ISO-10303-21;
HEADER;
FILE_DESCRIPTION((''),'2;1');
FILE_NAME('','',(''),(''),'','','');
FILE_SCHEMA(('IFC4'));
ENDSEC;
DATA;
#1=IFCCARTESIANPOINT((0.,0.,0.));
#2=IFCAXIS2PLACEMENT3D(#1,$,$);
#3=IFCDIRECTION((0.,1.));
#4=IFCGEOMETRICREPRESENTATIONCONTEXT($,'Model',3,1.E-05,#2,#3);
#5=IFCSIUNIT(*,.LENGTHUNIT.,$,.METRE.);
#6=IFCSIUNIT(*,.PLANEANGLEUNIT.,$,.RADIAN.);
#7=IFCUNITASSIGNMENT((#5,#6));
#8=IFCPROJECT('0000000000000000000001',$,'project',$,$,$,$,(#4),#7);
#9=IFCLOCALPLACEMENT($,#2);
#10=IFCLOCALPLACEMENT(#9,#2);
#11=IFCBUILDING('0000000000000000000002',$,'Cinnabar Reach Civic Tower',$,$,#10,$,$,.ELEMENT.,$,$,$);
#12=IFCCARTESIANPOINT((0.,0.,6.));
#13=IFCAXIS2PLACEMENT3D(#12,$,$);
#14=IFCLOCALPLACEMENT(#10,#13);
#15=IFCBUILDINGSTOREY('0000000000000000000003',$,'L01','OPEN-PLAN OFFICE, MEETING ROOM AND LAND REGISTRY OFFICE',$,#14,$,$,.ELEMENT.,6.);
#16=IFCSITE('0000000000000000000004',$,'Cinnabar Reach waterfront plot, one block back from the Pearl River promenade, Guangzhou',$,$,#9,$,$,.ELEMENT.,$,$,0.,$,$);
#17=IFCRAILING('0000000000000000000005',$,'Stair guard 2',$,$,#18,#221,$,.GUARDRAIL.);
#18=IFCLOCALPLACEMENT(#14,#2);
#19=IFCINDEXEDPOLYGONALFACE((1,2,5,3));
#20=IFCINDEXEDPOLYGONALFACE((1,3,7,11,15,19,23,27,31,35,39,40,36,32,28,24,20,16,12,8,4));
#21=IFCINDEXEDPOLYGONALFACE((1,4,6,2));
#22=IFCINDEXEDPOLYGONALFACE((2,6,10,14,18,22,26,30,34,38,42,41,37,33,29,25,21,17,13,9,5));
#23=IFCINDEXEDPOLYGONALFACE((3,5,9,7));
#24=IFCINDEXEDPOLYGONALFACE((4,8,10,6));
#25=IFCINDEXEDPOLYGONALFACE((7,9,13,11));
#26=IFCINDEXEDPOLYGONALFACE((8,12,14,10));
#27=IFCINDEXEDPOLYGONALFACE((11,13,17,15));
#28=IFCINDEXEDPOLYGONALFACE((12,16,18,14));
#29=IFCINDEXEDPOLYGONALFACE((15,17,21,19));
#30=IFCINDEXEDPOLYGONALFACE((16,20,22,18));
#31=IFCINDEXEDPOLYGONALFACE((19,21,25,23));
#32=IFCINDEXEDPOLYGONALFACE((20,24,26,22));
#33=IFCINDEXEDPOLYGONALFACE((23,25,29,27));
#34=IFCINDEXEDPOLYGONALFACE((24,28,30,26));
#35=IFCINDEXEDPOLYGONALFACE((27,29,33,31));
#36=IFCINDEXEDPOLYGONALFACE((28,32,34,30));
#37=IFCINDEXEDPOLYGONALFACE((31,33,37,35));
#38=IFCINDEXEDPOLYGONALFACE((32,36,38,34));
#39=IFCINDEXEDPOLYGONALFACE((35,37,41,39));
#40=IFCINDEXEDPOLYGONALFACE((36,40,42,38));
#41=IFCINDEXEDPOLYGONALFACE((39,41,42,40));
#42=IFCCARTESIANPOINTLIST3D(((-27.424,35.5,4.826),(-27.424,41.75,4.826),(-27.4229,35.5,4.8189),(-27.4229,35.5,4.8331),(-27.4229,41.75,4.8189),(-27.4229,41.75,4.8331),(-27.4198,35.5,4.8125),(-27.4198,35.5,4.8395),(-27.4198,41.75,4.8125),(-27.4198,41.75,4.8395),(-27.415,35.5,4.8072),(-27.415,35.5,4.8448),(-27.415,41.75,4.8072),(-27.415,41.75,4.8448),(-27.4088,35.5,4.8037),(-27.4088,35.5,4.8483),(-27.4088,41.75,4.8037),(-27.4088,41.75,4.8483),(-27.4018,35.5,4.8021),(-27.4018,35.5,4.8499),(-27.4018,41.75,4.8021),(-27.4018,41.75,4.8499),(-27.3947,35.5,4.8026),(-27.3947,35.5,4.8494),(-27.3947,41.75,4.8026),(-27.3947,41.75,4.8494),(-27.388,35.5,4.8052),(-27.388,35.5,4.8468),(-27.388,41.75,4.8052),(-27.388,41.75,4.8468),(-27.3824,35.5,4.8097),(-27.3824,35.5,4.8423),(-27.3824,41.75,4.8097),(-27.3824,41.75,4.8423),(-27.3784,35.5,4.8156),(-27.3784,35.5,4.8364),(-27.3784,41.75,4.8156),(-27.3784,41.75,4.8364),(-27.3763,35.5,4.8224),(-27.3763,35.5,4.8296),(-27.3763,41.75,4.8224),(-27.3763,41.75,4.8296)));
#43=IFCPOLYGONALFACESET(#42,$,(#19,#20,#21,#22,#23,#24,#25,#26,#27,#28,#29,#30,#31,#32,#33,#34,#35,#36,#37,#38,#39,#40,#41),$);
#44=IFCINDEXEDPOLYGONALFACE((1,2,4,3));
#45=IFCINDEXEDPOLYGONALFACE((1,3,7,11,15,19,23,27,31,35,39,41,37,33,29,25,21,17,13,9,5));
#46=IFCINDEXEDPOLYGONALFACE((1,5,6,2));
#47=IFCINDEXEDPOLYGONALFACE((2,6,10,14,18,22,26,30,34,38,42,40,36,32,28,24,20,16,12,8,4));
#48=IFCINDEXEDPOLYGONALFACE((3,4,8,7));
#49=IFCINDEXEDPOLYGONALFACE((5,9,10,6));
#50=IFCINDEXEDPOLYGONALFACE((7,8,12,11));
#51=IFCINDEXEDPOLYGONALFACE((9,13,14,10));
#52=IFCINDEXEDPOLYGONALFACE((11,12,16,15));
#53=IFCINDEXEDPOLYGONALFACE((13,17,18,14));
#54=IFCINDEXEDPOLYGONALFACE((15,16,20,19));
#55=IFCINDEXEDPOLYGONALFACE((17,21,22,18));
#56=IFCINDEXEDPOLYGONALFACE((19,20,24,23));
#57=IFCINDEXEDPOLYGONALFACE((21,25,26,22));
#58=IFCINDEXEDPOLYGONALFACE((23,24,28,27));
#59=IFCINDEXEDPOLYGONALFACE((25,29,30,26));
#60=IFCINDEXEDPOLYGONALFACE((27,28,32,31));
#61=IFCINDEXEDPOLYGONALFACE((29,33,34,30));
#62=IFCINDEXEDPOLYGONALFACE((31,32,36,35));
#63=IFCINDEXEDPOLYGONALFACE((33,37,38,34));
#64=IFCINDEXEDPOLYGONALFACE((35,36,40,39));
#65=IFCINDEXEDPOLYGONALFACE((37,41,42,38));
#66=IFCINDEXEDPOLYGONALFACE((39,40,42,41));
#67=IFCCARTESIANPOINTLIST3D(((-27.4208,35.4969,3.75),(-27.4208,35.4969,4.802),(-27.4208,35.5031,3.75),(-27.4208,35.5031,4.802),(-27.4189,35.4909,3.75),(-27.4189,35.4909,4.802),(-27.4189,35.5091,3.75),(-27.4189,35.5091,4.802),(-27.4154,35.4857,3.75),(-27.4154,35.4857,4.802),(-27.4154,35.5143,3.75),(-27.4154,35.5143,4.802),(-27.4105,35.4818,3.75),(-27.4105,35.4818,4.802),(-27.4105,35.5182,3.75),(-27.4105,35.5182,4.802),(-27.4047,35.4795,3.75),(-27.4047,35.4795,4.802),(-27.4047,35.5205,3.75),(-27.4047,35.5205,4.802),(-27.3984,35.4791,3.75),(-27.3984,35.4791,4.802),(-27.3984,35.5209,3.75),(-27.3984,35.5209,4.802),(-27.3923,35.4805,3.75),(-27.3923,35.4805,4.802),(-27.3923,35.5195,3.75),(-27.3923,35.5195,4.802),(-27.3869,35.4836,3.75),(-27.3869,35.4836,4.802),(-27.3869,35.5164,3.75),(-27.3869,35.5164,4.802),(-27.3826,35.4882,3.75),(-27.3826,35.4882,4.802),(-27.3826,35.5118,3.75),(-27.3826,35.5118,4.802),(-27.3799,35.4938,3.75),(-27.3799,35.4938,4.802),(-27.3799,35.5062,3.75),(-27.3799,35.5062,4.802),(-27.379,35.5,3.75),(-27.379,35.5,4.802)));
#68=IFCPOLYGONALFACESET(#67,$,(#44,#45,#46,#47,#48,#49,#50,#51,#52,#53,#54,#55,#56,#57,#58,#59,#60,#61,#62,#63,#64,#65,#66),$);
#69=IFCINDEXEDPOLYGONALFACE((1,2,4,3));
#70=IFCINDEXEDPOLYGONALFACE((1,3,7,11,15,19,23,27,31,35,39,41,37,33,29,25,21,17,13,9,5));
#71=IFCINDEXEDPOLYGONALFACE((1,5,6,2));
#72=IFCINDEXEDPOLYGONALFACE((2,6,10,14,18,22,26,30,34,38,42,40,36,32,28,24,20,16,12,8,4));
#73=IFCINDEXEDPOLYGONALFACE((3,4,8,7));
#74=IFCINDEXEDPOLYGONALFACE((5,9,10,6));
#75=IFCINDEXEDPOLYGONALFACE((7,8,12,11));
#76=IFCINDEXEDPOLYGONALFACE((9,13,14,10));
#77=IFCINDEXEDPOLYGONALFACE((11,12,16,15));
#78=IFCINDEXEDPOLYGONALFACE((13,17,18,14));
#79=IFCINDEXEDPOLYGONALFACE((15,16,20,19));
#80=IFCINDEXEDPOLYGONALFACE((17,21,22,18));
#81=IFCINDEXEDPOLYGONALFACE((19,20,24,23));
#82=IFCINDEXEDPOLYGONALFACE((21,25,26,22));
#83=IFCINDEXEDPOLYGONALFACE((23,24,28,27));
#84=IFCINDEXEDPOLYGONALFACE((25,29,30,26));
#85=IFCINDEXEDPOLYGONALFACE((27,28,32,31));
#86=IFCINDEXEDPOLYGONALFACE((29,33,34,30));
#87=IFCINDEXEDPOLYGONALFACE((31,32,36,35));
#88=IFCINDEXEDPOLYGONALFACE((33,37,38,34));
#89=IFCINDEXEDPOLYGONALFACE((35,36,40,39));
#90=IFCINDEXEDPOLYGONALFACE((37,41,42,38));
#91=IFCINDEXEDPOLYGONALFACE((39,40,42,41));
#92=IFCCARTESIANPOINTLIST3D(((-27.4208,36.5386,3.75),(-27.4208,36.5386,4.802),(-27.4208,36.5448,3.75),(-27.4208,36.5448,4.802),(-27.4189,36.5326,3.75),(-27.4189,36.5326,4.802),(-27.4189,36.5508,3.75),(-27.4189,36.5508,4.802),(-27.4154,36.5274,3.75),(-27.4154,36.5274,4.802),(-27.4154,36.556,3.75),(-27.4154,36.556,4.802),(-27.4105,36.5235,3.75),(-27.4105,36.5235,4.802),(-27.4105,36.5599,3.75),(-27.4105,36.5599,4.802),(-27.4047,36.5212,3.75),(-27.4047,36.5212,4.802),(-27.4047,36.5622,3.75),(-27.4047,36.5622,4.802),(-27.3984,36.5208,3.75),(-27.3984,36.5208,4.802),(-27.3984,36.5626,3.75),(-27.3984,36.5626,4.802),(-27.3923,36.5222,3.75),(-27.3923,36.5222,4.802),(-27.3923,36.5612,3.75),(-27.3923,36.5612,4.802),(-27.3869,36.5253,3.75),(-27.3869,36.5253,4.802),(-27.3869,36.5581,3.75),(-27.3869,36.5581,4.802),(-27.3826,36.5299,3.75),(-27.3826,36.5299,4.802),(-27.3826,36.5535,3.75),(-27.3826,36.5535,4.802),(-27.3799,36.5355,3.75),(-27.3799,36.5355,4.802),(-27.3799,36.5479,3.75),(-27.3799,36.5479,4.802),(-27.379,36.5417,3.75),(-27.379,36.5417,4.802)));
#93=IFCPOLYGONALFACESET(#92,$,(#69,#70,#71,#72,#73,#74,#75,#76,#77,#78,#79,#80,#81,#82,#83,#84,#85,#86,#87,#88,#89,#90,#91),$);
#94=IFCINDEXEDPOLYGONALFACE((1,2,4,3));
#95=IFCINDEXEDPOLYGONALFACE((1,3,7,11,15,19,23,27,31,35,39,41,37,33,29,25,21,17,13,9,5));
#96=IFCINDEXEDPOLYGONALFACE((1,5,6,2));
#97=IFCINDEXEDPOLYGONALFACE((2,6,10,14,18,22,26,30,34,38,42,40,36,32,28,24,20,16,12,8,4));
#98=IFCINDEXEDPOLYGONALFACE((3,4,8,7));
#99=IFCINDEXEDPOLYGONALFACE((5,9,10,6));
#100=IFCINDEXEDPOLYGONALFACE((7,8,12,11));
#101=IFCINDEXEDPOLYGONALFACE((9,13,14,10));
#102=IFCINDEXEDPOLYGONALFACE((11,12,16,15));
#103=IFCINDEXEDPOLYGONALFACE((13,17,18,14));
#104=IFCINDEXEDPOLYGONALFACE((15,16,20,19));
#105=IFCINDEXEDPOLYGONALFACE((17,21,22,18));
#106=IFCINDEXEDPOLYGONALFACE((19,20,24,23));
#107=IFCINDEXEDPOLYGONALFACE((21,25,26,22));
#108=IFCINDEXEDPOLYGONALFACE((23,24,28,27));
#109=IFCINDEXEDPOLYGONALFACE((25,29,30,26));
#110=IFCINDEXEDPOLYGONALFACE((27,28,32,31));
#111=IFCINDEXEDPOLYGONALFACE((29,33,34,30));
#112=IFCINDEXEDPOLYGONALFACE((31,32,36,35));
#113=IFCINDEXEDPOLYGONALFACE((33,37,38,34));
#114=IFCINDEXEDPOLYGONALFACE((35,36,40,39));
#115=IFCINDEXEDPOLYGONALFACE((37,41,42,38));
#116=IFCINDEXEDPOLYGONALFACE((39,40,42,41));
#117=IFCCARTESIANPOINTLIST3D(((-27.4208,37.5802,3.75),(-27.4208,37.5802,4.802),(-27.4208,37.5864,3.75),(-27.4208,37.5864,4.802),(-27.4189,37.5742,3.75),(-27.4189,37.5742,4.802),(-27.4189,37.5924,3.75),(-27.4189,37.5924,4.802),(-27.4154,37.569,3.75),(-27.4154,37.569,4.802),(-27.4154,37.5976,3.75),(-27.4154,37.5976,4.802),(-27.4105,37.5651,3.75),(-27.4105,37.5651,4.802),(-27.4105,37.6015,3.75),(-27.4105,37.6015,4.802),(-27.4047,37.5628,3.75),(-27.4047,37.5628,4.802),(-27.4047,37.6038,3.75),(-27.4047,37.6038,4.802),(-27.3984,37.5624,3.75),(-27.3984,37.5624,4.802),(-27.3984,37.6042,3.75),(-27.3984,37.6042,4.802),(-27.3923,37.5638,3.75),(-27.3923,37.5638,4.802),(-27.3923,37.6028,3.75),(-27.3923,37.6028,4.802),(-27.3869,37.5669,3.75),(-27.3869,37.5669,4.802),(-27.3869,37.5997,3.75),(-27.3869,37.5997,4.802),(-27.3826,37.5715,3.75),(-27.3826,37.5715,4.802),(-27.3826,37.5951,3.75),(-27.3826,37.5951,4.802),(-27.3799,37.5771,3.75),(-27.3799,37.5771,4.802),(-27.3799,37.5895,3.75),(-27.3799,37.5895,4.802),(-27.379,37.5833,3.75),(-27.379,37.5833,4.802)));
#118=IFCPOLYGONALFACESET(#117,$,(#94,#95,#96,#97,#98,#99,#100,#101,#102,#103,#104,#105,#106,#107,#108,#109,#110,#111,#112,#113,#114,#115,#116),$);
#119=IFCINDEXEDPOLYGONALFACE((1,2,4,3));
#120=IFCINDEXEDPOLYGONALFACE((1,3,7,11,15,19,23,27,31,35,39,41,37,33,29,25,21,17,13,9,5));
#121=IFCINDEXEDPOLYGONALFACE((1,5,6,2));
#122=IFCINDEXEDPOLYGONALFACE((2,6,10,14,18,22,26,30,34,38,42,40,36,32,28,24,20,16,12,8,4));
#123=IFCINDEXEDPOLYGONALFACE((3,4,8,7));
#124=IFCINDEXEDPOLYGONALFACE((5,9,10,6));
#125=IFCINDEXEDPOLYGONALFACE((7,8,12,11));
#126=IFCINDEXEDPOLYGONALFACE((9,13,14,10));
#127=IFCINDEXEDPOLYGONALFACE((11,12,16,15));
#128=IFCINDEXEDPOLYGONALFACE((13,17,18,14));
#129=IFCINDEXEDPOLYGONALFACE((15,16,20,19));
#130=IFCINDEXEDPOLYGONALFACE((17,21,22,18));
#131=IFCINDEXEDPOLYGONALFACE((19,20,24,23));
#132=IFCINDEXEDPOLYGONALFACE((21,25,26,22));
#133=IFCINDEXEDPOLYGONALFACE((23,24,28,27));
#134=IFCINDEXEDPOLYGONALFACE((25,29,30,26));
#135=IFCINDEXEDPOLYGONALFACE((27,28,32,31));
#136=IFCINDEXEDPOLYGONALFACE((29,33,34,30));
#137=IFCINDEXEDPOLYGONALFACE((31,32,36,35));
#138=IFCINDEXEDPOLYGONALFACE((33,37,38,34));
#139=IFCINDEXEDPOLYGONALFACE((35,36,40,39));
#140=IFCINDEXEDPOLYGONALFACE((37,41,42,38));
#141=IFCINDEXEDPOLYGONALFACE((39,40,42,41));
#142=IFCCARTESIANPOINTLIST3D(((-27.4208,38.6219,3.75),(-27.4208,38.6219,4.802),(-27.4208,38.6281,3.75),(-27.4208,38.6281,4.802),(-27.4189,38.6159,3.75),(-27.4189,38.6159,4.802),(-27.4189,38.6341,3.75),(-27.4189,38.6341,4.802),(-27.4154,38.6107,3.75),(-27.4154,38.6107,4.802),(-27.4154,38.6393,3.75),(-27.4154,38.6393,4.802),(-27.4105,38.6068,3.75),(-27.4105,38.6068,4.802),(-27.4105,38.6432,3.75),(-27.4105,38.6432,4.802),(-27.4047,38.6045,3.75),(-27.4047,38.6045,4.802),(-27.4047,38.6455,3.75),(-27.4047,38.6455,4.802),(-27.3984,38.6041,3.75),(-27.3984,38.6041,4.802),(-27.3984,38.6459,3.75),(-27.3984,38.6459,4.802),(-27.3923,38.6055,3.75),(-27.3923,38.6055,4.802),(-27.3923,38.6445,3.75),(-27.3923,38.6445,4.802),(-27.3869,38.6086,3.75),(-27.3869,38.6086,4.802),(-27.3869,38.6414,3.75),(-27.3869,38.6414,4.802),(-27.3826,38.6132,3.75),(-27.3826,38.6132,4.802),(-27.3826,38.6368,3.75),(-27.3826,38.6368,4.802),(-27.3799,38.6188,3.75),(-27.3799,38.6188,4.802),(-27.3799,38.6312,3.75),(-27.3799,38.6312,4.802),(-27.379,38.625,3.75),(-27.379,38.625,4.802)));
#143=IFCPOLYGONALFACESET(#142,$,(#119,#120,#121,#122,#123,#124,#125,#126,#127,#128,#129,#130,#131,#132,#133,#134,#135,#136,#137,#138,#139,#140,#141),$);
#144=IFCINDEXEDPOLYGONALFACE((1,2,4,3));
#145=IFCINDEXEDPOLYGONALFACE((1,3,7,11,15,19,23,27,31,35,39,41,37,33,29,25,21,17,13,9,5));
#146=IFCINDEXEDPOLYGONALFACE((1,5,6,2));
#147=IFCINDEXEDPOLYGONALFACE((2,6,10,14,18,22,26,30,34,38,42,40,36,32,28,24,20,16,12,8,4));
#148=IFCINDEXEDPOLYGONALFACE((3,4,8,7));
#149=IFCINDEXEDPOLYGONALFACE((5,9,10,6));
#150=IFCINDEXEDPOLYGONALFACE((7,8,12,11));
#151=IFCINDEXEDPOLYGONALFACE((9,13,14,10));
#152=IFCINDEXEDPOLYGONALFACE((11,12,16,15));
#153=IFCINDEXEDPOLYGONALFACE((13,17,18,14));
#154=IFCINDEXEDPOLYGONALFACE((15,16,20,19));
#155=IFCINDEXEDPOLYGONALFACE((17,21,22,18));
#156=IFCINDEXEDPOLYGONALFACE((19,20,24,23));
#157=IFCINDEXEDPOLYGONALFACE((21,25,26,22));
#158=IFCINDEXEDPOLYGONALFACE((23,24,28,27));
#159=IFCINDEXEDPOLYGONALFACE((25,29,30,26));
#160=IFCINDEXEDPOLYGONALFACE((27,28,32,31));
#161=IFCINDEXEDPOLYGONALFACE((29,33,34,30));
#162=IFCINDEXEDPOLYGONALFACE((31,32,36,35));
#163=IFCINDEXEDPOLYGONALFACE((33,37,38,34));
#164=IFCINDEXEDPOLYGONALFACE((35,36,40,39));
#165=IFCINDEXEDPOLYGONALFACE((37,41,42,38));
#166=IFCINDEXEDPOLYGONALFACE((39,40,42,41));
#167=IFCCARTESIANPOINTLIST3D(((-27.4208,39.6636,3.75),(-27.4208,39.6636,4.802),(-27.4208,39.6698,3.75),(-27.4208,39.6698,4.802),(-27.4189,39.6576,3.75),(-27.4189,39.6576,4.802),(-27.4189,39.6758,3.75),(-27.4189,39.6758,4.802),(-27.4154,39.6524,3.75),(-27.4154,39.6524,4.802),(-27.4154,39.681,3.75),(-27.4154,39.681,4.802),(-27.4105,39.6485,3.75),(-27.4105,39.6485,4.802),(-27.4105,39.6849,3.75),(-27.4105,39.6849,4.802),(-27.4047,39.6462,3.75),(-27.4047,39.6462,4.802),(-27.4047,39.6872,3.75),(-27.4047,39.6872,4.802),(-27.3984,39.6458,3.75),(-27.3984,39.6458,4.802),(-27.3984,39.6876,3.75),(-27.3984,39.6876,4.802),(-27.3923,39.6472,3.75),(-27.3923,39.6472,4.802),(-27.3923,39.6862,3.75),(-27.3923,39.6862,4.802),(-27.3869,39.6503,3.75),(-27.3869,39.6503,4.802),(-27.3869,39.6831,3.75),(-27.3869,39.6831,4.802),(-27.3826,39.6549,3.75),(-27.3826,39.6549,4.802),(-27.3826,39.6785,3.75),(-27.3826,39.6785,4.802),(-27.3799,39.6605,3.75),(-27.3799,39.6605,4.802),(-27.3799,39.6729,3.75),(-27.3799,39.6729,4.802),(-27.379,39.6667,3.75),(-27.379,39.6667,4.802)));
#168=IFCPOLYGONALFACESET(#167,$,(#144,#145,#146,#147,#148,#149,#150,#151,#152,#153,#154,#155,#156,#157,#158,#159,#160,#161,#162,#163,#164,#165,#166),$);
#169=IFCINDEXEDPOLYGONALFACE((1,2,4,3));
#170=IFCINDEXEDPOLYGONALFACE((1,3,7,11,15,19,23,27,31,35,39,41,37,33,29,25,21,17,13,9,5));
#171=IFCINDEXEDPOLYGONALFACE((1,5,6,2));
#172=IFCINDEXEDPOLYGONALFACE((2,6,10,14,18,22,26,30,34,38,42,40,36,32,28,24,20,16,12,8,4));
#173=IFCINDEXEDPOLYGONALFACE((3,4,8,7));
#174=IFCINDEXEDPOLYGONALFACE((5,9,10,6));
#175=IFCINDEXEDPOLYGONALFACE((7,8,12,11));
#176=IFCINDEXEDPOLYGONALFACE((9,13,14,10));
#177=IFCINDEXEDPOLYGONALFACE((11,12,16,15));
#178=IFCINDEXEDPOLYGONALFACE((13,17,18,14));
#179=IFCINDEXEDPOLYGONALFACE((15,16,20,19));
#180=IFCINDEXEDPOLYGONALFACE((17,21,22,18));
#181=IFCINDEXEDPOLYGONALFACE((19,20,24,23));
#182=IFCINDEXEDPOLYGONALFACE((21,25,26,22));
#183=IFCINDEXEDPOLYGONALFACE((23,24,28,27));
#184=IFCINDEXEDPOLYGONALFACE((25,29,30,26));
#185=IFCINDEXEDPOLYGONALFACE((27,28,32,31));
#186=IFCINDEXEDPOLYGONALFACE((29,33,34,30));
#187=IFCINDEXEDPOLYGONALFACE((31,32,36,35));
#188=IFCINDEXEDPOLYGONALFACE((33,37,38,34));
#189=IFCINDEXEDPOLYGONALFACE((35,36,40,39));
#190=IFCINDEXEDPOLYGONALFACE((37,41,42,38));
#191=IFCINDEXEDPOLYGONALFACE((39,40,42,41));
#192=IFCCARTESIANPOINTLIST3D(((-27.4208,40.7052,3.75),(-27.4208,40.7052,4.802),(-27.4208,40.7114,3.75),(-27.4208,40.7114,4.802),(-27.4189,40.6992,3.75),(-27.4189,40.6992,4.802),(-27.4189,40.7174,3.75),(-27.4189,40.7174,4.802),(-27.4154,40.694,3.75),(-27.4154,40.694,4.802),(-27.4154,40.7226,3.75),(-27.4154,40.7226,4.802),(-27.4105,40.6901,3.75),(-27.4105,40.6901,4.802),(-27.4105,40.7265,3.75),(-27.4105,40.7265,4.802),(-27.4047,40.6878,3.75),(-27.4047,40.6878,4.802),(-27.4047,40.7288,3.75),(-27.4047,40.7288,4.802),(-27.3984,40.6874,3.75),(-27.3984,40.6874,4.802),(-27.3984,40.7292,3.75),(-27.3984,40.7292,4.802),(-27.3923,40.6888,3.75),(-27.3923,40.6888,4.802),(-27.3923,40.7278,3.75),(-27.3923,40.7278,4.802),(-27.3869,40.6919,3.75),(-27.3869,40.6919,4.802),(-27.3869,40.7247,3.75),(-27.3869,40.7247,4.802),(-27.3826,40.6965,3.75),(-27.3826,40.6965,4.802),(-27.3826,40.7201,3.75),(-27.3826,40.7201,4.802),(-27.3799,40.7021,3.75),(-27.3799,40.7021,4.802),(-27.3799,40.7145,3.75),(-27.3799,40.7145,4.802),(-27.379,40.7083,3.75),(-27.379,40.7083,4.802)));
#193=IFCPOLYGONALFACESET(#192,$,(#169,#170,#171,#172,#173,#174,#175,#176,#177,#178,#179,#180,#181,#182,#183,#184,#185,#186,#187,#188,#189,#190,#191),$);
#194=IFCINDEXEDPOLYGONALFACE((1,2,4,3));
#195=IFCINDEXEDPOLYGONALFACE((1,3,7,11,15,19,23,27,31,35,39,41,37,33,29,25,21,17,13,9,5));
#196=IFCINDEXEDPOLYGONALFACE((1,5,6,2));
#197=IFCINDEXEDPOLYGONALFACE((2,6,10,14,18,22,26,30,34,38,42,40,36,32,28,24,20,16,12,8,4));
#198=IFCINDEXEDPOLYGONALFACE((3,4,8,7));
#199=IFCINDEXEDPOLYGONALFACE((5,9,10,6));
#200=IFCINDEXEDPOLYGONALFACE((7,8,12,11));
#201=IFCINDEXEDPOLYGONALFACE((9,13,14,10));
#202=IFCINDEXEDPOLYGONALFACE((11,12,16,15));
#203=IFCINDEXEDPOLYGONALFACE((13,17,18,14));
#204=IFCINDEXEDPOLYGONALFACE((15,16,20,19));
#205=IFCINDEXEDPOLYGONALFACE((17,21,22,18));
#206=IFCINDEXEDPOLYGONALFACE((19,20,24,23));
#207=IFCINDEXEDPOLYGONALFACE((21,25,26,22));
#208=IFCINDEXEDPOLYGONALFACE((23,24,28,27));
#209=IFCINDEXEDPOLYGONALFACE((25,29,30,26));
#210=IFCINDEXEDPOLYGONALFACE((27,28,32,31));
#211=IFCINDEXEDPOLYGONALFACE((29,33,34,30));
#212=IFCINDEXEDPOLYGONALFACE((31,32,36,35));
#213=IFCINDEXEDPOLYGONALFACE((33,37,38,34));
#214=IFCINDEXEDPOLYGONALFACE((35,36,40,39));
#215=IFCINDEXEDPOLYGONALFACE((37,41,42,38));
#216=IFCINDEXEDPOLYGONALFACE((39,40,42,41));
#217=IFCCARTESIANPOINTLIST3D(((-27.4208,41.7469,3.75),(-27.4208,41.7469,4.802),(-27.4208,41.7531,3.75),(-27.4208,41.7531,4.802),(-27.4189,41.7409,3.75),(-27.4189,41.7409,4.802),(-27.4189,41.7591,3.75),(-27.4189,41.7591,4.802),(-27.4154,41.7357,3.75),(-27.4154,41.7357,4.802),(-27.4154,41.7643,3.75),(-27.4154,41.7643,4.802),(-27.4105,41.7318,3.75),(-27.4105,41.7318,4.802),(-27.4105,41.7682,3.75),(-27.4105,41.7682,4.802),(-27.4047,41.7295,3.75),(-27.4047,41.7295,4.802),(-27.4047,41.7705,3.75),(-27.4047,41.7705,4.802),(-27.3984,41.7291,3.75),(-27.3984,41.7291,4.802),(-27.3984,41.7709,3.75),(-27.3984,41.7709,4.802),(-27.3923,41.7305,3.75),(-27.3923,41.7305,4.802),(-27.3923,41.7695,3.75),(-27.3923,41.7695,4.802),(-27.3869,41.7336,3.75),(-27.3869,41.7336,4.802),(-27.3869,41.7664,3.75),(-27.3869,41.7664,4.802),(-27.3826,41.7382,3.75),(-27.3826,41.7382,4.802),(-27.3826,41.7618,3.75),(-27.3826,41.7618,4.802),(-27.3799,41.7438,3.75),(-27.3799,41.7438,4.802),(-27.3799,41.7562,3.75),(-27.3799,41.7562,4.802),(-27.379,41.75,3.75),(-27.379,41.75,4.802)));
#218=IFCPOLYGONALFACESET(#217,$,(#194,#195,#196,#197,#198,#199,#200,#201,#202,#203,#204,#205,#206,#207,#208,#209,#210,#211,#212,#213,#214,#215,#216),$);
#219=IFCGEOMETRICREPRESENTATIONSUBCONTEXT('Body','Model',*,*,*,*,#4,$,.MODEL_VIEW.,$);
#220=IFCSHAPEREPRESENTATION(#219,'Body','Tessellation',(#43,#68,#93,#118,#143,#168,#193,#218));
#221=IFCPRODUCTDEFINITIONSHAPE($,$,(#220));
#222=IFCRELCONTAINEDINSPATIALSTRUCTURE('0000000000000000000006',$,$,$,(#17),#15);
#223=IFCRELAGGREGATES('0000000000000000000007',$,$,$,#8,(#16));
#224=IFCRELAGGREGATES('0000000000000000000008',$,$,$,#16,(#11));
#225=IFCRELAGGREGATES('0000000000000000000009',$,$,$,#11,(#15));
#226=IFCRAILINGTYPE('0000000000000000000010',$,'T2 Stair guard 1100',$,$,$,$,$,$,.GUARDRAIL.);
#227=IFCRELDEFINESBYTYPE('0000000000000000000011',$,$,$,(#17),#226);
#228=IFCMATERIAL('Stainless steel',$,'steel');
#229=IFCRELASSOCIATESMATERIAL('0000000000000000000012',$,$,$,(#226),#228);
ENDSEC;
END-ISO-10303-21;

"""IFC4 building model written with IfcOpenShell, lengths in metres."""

from ifc_helpers import new_model, si_unit, direction, frame, origin, origin_2d, place, context, subcontext, project, spatial, circle, extrude, material, type_object, element, save


model = new_model("IFC4")

# Units and contexts
model_context = context("Model", 3, precision=1e-05, world=origin(), true_north=direction((0.0, 1.0)))
body_context = subcontext(model_context, "Body", "Model", "MODEL_VIEW")
ifc_project = project(units=[si_unit("LENGTHUNIT", "METRE"), si_unit("PLANEANGLEUNIT", "RADIAN")], contexts=[model_context])

# Site, building, storey
site_placement = place(None, origin())
site = spatial("IfcSite", under=ifc_project, at=site_placement, Name="Cinnabar Reach waterfront plot, one block back from the Pearl River promenade, Guangzhou", CompositionType="ELEMENT", RefElevation=0.0)
building_placement = place(site_placement, origin())
building = spatial("IfcBuilding", under=site, at=building_placement, Name="Cinnabar Reach Civic Tower", CompositionType="ELEMENT")
storey_placement = place(building_placement, frame((0.0, 0.0, 6.0)))
storey = spatial("IfcBuildingStorey", under=building, at=storey_placement, Name="L01", Description="OPEN-PLAN OFFICE, MEETING ROOM AND LAND REGISTRY OFFICE", CompositionType="ELEMENT", Elevation=6.0)

# Railing
ifc_material_1 = material(Name="Stainless steel", Category="steel")
railing_type = type_object("IfcRailingType", Name="T2 Stair guard 1100", PredefinedType="GUARDRAIL", material=ifc_material_1)
for number, where, name in (
    (1, (-27.4, 35.5, 3.75), "Stair guard 2"),
):
    element("IfcRailing", number, at=place(storey_placement, frame(where)), inside=storey, type_object=railing_type, Name=name, PredefinedType="GUARDRAIL", context=body_context, shape_type="SweptSolid", body=[
        extrude(circle(Radius=0.024, at=origin_2d()), frame((0.0, 0.0, 1.076), z_axis=(0.0, 1.0, 0.0), x_axis=(-1.0, 0.0, 0.0)), (0.0, 0.0, 1.0), 6.25),
        extrude(circle(Radius=0.021, at=origin_2d()), origin(), (0.0, 0.0, 1.0), 1.052),
        extrude(circle(Radius=0.021, at=origin_2d()), frame((0.0, 1.0417, 0.0)), (0.0, 0.0, 1.0), 1.052),
        extrude(circle(Radius=0.021, at=origin_2d()), frame((0.0, 2.0833, 0.0)), (0.0, 0.0, 1.0), 1.052),
        extrude(circle(Radius=0.021, at=origin_2d()), frame((0.0, 3.125, 0.0)), (0.0, 0.0, 1.0), 1.052),
        extrude(circle(Radius=0.021, at=origin_2d()), frame((0.0, 4.1667, 0.0)), (0.0, 0.0, 1.0), 1.052),
        extrude(circle(Radius=0.021, at=origin_2d()), frame((0.0, 5.2083, 0.0)), (0.0, 0.0, 1.0), 1.052),
        extrude(circle(Radius=0.021, at=origin_2d()), frame((0.0, 6.25, 0.0)), (0.0, 0.0, 1.0), 1.052),
    ])

save(model, "model.ifc")
